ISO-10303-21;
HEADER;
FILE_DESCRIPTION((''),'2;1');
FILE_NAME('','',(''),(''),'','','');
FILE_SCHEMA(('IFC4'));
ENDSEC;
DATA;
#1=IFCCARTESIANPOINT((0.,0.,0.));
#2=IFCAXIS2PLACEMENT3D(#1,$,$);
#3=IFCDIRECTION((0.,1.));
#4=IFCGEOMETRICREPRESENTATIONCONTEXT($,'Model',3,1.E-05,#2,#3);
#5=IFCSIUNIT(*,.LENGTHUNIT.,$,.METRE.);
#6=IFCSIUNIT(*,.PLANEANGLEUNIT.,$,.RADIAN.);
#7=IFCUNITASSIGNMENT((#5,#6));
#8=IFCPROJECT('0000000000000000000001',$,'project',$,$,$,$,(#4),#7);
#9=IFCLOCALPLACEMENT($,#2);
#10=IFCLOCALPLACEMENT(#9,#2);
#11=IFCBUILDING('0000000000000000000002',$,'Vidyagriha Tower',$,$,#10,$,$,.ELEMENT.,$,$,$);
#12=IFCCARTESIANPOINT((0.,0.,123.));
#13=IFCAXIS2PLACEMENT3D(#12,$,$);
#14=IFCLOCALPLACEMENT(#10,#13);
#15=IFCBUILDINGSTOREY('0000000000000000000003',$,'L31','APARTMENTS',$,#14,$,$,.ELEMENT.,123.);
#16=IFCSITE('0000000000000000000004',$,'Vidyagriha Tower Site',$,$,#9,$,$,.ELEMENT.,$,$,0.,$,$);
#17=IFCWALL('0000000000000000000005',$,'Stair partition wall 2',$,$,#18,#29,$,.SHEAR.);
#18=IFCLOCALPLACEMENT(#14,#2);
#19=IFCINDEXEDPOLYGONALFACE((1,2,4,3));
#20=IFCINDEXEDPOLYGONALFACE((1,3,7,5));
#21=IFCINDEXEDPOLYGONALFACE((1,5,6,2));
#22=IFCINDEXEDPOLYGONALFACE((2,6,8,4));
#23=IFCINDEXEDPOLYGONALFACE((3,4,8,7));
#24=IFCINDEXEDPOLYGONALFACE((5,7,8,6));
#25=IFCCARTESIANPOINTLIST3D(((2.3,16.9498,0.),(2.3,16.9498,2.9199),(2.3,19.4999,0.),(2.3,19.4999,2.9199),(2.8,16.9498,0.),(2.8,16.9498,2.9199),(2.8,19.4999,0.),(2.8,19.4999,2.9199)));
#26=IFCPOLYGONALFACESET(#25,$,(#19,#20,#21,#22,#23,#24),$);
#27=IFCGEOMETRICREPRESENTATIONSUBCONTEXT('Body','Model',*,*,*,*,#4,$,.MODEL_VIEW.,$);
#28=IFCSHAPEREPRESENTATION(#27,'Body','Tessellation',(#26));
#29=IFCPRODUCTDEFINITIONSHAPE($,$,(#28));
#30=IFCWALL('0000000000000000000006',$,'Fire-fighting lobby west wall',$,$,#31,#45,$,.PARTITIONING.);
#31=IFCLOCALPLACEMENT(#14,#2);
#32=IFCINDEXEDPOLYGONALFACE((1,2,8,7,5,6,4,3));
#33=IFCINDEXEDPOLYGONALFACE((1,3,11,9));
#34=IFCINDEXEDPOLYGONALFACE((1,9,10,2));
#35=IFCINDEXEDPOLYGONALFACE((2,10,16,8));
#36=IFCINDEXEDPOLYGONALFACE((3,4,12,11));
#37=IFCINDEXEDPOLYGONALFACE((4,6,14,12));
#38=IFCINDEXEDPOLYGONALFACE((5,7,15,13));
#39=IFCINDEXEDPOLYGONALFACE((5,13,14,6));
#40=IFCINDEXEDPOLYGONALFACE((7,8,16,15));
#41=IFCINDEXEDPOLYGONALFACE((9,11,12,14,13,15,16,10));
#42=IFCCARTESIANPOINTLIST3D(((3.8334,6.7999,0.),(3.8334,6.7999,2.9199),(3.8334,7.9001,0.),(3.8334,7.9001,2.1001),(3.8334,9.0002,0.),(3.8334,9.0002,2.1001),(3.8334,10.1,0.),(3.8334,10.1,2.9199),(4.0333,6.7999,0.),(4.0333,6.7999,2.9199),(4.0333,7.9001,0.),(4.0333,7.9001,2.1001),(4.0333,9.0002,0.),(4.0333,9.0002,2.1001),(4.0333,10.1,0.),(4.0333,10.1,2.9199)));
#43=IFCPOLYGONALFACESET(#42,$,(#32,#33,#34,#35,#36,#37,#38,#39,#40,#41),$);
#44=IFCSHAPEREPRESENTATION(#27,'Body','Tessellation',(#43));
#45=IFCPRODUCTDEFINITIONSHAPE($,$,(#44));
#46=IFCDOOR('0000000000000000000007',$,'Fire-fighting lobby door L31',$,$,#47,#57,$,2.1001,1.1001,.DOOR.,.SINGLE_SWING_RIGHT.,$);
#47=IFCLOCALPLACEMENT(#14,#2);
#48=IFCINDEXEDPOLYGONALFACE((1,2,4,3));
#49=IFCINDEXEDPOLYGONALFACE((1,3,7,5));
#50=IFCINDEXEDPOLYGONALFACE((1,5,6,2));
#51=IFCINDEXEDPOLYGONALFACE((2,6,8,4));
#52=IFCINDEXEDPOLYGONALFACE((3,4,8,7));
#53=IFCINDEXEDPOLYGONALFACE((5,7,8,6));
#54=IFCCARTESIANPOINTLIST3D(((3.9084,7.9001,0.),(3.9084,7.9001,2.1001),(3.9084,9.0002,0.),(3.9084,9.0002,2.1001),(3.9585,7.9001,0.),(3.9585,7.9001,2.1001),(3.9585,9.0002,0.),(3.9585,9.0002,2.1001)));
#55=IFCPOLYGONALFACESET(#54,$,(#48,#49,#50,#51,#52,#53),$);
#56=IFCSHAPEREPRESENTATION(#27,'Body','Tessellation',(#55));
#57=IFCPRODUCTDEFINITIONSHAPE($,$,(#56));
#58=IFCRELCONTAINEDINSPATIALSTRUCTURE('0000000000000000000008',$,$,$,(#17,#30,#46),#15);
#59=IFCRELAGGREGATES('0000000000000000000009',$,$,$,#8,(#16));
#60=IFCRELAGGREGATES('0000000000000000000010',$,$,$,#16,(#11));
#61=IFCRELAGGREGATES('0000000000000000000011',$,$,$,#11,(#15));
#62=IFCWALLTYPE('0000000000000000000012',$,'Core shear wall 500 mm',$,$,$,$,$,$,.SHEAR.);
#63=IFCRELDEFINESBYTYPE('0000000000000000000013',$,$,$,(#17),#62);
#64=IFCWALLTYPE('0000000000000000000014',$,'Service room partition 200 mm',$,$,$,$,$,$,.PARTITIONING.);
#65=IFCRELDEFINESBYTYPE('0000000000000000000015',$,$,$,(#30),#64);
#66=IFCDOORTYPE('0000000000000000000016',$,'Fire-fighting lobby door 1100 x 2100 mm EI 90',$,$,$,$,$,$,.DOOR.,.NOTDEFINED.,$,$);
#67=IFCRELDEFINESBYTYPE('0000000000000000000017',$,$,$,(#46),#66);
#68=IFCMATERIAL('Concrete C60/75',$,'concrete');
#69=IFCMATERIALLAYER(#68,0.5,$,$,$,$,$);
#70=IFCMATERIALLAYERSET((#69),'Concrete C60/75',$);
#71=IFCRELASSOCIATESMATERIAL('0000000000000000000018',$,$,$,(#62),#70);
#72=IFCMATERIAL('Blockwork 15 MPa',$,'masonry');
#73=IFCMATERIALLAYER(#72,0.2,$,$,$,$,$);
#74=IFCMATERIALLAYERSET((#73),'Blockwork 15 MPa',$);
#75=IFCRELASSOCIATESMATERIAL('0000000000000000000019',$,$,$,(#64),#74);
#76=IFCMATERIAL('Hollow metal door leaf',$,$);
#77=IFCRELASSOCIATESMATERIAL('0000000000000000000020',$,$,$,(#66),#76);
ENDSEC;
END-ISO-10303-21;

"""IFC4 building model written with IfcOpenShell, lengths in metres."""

from ifc_helpers import new_model, si_unit, direction, frame, frame_2d, origin, place, context, subcontext, project, spatial, rectangle, extrude, material, layer, layer_set, type_object, element, fill, save


model = new_model("IFC4")

# Units and contexts
model_context = context("Model", 3, precision=1e-05, world=origin(), true_north=direction((0.0, 1.0)))
body_context = subcontext(model_context, "Body", "Model", "MODEL_VIEW")
ifc_project = project(units=[si_unit("LENGTHUNIT", "METRE"), si_unit("PLANEANGLEUNIT", "RADIAN")], contexts=[model_context])

# Site, building, storey
site_placement = place(None, origin())
site = spatial("IfcSite", under=ifc_project, at=site_placement, Name="Vidyagriha Tower Site", CompositionType="ELEMENT", RefElevation=0.0)
building_placement = place(site_placement, origin())
building = spatial("IfcBuilding", under=site, at=building_placement, Name="Vidyagriha Tower", CompositionType="ELEMENT")
storey_placement = place(building_placement, frame((0.0, 0.0, 123.0)))
storey = spatial("IfcBuildingStorey", under=building, at=storey_placement, Name="L31", Description="APARTMENTS", CompositionType="ELEMENT", Elevation=123.0)

# Wall
ifc_material_1 = material(Name="Concrete C60/75", Category="concrete")
ifc_layer_1 = layer(ifc_material_1, 0.5)
ifc_layer_set_1 = layer_set([ifc_layer_1], Name="Concrete C60/75")
wall_type_1 = type_object("IfcWallType", Name="Core shear wall 500 mm", PredefinedType="SHEAR", material=ifc_layer_set_1)
wall_1_placement = place(storey_placement, frame((2.55, 16.95, 0.0), z_axis=(0.0, 0.0, 1.0), x_axis=(0.0, 1.0, 0.0)))
element("IfcWall", 1, at=wall_1_placement, inside=storey, type_object=wall_type_1, Name="Stair partition wall 2", PredefinedType="SHEAR", context=body_context, shape_type="SweptSolid", body=[
    extrude(rectangle(XDim=2.55, YDim=0.5, at=frame_2d((1.2749, 0.0))), origin(), (0.0, 0.0, 1.0), 2.9199),
])

# Wall, opening, door
ifc_material_2 = material(Name="Blockwork 15 MPa", Category="masonry")
ifc_layer_2 = layer(ifc_material_2, 0.2)
ifc_layer_set_2 = layer_set([ifc_layer_2], Name="Blockwork 15 MPa")
wall_type_2 = type_object("IfcWallType", Name="Service room partition 200 mm", PredefinedType="PARTITIONING", material=ifc_layer_set_2)
wall_2_placement = place(storey_placement, frame((3.9333, 6.8, 0.0), z_axis=(0.0, 0.0, 1.0), x_axis=(0.0, 1.0, 0.0)))
wall_2 = element("IfcWall", 2, at=wall_2_placement, inside=storey, type_object=wall_type_2, Name="Fire-fighting lobby west wall", PredefinedType="PARTITIONING", context=body_context, shape_type="SweptSolid", body=[
    extrude(rectangle(XDim=3.3, YDim=0.2, at=frame_2d((1.6499, 0.0))), origin(), (0.0, 0.0, 1.0), 2.9199),
])
opening_1_placement = place(wall_2_placement, frame((1.1001, 0.0, 0.0)))
opening_1 = element("IfcOpeningElement", 3, at=opening_1_placement, cuts=wall_2, PredefinedType="OPENING", context=body_context, shape_type="SweptSolid", body=[
    extrude(rectangle(XDim=1.1001, YDim=2.1001, at=frame_2d((0.55, 1.05))), frame((0.0, 0.1099, 0.0), z_axis=(0.0, -1.0, 0.0), x_axis=(1.0, 0.0, 0.0)), (0.0, 0.0, 1.0), 0.22),
])
ifc_material_3 = material(Name="Hollow metal door leaf")
door_type_1 = type_object("IfcDoorType", Name="Fire-fighting lobby door 1100 x 2100 mm EI 90", OperationType="NOTDEFINED", PredefinedType="DOOR", material=ifc_material_3)
door_1_placement = place(opening_1_placement, origin())
door_1 = element("IfcDoor", 4, at=door_1_placement, inside=storey, type_object=door_type_1, Name="Fire-fighting lobby door L31", OperationType="SINGLE_SWING_RIGHT", OverallHeight=2.1001, OverallWidth=1.1001, PredefinedType="DOOR", context=body_context, shape_type="SweptSolid", body=[
    extrude(rectangle(XDim=1.1001, YDim=2.1001, at=frame_2d((0.55, 1.05))), frame((0.0, 0.0249, 0.0), z_axis=(0.0, -1.0, 0.0), x_axis=(1.0, 0.0, 0.0)), (0.0, 0.0, 1.0), 0.05),
])
fill(opening_1, door_1)

save(model, "model.ifc")
